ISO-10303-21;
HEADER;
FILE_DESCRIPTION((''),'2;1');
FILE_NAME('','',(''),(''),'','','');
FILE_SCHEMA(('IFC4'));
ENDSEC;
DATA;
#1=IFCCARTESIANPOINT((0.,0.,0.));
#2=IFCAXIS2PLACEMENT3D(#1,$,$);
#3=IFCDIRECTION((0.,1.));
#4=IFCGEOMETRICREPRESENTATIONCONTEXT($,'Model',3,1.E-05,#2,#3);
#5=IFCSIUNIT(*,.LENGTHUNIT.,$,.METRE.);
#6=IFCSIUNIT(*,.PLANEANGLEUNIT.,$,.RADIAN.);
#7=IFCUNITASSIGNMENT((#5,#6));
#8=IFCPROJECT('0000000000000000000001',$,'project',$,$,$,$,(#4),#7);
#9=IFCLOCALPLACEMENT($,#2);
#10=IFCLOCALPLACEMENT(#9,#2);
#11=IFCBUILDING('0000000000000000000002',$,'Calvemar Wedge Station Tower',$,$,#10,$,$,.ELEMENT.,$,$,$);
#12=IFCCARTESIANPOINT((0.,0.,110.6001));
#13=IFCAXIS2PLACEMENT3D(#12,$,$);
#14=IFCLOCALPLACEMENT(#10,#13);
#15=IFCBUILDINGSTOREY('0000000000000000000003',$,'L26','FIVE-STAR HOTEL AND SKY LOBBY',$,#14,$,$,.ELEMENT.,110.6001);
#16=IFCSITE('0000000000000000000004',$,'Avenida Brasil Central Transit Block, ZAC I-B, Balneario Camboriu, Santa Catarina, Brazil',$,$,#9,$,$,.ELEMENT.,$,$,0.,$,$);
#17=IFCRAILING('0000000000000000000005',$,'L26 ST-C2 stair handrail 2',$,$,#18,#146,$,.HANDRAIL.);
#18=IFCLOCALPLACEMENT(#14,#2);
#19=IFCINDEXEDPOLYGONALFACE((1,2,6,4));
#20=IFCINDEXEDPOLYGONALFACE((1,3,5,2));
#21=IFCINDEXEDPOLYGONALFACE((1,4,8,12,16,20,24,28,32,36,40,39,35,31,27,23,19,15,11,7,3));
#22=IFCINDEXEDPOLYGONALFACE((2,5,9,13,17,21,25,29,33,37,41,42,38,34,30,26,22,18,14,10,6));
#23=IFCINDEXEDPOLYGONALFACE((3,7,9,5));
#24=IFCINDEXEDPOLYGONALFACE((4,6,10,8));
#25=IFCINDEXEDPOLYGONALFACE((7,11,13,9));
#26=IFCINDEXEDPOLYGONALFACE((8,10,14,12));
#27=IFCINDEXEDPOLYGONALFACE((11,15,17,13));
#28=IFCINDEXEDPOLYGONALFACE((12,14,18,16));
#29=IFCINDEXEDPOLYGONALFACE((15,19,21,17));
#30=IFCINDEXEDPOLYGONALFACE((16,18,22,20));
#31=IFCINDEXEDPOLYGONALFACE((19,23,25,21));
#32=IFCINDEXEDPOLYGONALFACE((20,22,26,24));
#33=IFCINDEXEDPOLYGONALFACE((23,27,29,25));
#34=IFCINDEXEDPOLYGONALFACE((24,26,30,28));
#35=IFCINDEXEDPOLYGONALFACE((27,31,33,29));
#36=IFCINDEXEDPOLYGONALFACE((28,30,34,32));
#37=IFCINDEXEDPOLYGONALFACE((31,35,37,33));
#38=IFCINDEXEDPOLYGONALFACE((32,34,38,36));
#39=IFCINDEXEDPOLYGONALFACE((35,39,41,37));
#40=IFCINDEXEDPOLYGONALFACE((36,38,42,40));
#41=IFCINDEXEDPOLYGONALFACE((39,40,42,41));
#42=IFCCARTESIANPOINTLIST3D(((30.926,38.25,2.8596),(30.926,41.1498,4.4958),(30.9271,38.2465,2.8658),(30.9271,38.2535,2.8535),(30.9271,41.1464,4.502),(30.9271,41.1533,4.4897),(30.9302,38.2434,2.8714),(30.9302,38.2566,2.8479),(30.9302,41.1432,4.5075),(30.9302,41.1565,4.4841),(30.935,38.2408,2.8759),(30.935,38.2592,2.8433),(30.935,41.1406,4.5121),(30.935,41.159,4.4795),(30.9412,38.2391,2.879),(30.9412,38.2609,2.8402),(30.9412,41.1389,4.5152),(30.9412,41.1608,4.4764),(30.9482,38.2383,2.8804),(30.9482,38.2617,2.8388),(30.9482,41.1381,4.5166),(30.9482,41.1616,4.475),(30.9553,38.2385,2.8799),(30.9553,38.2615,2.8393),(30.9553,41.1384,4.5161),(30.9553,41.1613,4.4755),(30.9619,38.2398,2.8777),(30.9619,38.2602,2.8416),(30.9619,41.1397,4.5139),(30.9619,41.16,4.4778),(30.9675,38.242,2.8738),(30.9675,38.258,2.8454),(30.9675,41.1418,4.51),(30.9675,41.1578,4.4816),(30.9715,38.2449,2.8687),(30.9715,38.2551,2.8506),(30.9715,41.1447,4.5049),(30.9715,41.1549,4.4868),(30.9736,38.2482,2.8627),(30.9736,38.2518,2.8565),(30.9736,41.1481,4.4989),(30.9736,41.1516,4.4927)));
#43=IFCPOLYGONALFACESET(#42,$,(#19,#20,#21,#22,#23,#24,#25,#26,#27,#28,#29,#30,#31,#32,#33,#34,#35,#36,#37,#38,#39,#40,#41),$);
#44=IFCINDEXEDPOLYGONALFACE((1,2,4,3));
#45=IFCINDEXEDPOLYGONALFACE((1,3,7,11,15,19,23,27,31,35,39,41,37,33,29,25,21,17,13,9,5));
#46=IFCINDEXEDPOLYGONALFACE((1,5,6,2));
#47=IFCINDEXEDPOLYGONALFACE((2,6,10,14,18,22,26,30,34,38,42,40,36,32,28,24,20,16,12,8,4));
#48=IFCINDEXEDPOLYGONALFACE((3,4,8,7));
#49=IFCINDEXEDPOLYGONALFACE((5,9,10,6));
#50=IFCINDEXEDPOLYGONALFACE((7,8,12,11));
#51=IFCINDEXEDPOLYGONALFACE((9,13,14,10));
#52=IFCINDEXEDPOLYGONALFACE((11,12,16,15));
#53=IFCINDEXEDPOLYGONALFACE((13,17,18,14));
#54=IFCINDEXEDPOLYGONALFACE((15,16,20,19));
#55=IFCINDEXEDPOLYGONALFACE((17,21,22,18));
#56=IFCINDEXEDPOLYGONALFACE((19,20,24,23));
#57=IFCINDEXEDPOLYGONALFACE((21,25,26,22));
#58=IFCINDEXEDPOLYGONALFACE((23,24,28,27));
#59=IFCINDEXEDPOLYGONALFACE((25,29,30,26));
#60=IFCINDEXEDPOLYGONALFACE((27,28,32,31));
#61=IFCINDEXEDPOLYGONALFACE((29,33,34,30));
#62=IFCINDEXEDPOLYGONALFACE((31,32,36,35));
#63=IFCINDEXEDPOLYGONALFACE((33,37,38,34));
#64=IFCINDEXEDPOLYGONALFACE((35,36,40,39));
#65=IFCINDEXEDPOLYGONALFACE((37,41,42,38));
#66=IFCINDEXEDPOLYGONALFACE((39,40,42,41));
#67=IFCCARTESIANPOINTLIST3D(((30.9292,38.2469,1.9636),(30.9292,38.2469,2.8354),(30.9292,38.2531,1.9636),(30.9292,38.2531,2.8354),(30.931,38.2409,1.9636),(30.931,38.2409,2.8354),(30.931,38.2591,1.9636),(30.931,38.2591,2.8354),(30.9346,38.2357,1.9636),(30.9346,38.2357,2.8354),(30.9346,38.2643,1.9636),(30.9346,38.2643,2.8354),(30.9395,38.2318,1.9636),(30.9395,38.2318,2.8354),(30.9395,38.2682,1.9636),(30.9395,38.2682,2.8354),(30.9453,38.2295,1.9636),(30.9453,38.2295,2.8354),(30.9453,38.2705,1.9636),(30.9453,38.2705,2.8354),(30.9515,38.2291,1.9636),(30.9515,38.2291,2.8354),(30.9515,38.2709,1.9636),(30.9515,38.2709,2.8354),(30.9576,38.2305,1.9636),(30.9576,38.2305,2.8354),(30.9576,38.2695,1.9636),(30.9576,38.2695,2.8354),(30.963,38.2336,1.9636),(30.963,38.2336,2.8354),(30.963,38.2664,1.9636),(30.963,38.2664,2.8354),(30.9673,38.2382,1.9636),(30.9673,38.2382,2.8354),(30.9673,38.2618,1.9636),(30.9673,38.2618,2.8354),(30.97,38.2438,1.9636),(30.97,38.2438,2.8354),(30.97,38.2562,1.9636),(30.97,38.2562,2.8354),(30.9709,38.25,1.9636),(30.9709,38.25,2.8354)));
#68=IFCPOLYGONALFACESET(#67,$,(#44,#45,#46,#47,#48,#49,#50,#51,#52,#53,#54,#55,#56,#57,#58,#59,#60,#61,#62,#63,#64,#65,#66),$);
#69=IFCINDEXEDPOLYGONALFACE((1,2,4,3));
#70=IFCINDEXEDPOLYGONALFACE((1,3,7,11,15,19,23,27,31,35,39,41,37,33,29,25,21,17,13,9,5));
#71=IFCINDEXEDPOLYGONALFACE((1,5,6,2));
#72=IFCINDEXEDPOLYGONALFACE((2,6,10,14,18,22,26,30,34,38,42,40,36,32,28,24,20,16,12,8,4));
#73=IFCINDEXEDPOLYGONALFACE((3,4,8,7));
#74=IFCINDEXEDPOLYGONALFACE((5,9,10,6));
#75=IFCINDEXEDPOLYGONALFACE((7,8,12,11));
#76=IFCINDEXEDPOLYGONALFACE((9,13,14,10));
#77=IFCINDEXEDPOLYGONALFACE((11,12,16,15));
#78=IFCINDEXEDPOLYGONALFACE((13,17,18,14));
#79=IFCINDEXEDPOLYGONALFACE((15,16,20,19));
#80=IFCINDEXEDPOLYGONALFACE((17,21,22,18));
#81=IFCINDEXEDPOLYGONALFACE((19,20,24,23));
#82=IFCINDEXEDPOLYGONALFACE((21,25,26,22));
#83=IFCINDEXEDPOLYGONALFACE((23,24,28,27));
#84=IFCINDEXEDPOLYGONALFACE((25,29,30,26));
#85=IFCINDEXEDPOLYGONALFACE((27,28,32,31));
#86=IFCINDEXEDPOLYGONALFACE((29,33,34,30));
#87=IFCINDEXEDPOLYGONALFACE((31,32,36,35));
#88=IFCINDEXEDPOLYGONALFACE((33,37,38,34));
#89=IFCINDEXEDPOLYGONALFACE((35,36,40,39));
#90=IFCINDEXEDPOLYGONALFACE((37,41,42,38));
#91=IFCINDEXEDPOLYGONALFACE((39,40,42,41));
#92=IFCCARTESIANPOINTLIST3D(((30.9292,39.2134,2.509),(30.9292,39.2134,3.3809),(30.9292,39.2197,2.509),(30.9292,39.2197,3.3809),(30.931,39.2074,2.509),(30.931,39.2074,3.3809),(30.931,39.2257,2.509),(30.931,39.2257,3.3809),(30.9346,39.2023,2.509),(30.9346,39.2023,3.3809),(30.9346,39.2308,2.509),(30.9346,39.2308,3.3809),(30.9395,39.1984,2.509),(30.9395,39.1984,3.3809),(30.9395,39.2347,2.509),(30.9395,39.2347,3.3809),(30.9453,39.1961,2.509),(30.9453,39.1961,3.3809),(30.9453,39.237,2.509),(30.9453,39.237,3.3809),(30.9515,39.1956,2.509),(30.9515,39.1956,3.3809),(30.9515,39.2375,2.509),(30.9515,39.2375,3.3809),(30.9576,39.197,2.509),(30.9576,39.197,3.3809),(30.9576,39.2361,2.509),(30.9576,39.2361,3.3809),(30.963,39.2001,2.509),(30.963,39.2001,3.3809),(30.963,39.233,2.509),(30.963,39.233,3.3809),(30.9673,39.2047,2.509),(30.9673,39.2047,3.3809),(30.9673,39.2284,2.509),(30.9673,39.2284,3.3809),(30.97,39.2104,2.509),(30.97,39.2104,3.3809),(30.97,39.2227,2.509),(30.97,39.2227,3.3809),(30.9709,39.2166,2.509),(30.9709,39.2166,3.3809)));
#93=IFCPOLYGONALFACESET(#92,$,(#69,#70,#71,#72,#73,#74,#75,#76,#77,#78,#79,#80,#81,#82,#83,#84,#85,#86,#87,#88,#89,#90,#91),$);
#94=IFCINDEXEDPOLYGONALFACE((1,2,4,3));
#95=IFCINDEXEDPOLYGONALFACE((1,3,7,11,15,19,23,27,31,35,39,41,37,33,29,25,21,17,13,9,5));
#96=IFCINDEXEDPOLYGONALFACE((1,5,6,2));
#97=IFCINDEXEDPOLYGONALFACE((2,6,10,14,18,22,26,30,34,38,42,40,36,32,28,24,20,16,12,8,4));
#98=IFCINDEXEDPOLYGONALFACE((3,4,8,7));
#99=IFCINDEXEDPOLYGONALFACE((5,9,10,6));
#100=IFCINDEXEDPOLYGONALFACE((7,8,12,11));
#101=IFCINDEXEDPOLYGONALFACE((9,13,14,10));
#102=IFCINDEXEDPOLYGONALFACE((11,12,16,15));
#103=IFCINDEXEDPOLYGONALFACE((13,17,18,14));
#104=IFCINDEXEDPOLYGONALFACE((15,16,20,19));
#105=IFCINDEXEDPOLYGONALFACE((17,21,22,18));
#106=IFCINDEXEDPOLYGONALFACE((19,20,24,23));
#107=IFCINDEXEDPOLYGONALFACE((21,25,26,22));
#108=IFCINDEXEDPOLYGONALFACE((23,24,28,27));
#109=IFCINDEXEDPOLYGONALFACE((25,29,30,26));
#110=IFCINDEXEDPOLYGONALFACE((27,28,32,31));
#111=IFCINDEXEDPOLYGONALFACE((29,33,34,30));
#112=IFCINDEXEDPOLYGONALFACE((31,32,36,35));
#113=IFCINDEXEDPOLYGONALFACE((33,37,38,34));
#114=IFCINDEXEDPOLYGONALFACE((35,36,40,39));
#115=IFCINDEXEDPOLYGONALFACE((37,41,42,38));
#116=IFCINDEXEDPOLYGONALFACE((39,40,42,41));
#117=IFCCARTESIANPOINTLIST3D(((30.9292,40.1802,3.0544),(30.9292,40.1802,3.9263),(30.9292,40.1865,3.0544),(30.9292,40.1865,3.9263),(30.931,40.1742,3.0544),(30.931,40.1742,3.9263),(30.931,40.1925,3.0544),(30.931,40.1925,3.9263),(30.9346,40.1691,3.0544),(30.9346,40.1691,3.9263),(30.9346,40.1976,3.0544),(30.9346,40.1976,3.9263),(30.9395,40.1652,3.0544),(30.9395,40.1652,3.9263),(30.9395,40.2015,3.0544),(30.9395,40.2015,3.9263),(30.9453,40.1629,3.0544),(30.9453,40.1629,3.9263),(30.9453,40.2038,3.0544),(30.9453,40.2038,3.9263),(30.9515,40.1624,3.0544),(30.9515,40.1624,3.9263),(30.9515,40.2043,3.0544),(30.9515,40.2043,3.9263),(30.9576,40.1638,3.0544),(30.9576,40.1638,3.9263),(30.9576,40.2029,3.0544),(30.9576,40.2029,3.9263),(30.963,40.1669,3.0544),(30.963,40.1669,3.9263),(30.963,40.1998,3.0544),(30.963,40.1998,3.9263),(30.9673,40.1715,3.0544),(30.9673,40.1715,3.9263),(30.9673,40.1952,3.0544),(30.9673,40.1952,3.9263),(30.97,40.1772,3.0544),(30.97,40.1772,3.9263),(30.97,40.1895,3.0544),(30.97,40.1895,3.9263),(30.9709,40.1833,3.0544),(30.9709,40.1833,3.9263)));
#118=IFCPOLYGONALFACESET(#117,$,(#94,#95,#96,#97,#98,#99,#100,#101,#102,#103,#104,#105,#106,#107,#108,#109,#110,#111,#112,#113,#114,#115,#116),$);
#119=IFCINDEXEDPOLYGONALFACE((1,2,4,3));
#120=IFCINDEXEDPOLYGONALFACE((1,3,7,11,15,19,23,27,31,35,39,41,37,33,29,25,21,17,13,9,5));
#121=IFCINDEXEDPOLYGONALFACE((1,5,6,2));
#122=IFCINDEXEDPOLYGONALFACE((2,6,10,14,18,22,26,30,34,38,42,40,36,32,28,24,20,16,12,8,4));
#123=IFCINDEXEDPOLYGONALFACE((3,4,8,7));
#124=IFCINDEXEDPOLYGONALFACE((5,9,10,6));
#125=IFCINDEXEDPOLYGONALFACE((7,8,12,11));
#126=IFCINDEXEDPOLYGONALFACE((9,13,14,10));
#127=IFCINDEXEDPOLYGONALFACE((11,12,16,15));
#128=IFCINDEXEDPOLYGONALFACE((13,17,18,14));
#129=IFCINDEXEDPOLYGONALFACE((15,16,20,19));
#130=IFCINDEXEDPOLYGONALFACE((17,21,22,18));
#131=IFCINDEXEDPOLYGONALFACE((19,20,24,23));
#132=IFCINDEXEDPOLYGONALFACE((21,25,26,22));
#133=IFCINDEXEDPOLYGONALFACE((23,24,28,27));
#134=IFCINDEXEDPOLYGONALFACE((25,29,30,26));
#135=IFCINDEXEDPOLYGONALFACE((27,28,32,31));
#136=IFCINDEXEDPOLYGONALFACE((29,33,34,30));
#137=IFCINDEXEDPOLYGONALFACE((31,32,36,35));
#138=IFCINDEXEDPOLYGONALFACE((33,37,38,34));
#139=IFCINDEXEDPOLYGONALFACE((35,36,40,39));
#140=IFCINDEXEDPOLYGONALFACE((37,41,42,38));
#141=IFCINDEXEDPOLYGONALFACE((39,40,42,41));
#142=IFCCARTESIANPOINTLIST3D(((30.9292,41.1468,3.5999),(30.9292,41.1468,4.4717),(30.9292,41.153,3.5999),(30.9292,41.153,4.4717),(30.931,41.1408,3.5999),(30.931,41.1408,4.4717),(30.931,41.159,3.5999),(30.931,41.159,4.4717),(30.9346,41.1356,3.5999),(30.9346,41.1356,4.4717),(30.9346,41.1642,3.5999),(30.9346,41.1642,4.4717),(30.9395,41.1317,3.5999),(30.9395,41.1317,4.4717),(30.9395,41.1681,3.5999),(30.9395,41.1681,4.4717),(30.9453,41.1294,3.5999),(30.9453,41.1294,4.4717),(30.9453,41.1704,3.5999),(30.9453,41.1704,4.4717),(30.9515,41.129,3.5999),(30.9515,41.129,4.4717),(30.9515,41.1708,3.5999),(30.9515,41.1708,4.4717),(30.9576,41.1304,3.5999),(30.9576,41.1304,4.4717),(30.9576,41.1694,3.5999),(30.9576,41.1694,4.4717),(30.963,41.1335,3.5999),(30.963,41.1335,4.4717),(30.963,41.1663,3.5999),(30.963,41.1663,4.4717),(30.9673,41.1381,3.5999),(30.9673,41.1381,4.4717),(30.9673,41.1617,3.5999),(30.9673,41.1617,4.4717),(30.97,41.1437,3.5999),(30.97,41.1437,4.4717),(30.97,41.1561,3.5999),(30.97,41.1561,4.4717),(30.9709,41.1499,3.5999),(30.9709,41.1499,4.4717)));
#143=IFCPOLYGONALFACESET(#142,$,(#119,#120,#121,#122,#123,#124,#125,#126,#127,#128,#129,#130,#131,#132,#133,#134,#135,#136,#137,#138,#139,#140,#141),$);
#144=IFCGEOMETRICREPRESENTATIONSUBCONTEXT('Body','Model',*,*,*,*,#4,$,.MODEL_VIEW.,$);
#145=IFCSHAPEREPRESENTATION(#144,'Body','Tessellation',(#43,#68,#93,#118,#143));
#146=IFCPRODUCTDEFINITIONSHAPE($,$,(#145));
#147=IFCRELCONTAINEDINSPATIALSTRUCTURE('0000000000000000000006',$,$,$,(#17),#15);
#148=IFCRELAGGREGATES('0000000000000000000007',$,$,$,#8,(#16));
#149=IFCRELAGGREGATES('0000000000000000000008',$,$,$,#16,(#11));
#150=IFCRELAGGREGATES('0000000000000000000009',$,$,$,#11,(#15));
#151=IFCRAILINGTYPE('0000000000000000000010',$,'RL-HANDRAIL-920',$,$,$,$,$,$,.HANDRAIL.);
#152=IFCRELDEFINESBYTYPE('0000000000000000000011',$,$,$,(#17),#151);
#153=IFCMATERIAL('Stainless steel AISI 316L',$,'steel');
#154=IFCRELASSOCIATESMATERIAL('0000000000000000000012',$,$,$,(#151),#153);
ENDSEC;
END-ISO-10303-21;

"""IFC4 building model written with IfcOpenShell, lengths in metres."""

from ifc_helpers import new_model, si_unit, direction, frame, origin, origin_2d, place, context, subcontext, project, spatial, circle, extrude, material, type_object, element, save


model = new_model("IFC4")

# Units and contexts
model_context = context("Model", 3, precision=1e-05, world=origin(), true_north=direction((0.0, 1.0)))
body_context = subcontext(model_context, "Body", "Model", "MODEL_VIEW")
ifc_project = project(units=[si_unit("LENGTHUNIT", "METRE"), si_unit("PLANEANGLEUNIT", "RADIAN")], contexts=[model_context])

# Site, building, storey
site_placement = place(None, origin())
site = spatial("IfcSite", under=ifc_project, at=site_placement, Name="Avenida Brasil Central Transit Block, ZAC I-B, Balneario Camboriu, Santa Catarina, Brazil", CompositionType="ELEMENT", RefElevation=0.0)
building_placement = place(site_placement, origin())
building = spatial("IfcBuilding", under=site, at=building_placement, Name="Calvemar Wedge Station Tower", CompositionType="ELEMENT")
storey_placement = place(building_placement, frame((0.0, 0.0, 110.6001)))
storey = spatial("IfcBuildingStorey", under=building, at=storey_placement, Name="L26", Description="FIVE-STAR HOTEL AND SKY LOBBY", CompositionType="ELEMENT", Elevation=110.6001)

# Railing
ifc_material_1 = material(Name="Stainless steel AISI 316L", Category="steel")
railing_type_1 = type_object("IfcRailingType", Name="RL-HANDRAIL-920", PredefinedType="HANDRAIL", material=ifc_material_1)
railing_1_placement = place(storey_placement, frame((30.95, 38.25, 1.9636)))
element("IfcRailing", 1, at=railing_1_placement, inside=storey, type_object=railing_type_1, Name="L26 ST-C2 stair handrail 2", PredefinedType="HANDRAIL", context=body_context, shape_type="SweptSolid", body=[
    extrude(circle(Radius=0.0239, at=origin_2d()), frame((0.0, 0.0, 0.896), z_axis=(0.0, 0.870929, 0.49141), x_axis=(-1.0, 0.0, 0.0)), (0.0, 0.0, 1.0), 3.3296),
    extrude(circle(Radius=0.021, at=origin_2d()), origin(), (0.0, 0.0, 1.0), 0.8718),
    extrude(circle(Radius=0.021, at=origin_2d()), frame((0.0, 0.9666, 0.5454)), (0.0, 0.0, 1.0), 0.8718),
    extrude(circle(Radius=0.021, at=origin_2d()), frame((0.0, 1.9333, 1.0908)), (0.0, 0.0, 1.0), 0.8718),
    extrude(circle(Radius=0.021, at=origin_2d()), frame((0.0, 2.8999, 1.6362)), (0.0, 0.0, 1.0), 0.8718),
])

save(model, "model.ifc")
